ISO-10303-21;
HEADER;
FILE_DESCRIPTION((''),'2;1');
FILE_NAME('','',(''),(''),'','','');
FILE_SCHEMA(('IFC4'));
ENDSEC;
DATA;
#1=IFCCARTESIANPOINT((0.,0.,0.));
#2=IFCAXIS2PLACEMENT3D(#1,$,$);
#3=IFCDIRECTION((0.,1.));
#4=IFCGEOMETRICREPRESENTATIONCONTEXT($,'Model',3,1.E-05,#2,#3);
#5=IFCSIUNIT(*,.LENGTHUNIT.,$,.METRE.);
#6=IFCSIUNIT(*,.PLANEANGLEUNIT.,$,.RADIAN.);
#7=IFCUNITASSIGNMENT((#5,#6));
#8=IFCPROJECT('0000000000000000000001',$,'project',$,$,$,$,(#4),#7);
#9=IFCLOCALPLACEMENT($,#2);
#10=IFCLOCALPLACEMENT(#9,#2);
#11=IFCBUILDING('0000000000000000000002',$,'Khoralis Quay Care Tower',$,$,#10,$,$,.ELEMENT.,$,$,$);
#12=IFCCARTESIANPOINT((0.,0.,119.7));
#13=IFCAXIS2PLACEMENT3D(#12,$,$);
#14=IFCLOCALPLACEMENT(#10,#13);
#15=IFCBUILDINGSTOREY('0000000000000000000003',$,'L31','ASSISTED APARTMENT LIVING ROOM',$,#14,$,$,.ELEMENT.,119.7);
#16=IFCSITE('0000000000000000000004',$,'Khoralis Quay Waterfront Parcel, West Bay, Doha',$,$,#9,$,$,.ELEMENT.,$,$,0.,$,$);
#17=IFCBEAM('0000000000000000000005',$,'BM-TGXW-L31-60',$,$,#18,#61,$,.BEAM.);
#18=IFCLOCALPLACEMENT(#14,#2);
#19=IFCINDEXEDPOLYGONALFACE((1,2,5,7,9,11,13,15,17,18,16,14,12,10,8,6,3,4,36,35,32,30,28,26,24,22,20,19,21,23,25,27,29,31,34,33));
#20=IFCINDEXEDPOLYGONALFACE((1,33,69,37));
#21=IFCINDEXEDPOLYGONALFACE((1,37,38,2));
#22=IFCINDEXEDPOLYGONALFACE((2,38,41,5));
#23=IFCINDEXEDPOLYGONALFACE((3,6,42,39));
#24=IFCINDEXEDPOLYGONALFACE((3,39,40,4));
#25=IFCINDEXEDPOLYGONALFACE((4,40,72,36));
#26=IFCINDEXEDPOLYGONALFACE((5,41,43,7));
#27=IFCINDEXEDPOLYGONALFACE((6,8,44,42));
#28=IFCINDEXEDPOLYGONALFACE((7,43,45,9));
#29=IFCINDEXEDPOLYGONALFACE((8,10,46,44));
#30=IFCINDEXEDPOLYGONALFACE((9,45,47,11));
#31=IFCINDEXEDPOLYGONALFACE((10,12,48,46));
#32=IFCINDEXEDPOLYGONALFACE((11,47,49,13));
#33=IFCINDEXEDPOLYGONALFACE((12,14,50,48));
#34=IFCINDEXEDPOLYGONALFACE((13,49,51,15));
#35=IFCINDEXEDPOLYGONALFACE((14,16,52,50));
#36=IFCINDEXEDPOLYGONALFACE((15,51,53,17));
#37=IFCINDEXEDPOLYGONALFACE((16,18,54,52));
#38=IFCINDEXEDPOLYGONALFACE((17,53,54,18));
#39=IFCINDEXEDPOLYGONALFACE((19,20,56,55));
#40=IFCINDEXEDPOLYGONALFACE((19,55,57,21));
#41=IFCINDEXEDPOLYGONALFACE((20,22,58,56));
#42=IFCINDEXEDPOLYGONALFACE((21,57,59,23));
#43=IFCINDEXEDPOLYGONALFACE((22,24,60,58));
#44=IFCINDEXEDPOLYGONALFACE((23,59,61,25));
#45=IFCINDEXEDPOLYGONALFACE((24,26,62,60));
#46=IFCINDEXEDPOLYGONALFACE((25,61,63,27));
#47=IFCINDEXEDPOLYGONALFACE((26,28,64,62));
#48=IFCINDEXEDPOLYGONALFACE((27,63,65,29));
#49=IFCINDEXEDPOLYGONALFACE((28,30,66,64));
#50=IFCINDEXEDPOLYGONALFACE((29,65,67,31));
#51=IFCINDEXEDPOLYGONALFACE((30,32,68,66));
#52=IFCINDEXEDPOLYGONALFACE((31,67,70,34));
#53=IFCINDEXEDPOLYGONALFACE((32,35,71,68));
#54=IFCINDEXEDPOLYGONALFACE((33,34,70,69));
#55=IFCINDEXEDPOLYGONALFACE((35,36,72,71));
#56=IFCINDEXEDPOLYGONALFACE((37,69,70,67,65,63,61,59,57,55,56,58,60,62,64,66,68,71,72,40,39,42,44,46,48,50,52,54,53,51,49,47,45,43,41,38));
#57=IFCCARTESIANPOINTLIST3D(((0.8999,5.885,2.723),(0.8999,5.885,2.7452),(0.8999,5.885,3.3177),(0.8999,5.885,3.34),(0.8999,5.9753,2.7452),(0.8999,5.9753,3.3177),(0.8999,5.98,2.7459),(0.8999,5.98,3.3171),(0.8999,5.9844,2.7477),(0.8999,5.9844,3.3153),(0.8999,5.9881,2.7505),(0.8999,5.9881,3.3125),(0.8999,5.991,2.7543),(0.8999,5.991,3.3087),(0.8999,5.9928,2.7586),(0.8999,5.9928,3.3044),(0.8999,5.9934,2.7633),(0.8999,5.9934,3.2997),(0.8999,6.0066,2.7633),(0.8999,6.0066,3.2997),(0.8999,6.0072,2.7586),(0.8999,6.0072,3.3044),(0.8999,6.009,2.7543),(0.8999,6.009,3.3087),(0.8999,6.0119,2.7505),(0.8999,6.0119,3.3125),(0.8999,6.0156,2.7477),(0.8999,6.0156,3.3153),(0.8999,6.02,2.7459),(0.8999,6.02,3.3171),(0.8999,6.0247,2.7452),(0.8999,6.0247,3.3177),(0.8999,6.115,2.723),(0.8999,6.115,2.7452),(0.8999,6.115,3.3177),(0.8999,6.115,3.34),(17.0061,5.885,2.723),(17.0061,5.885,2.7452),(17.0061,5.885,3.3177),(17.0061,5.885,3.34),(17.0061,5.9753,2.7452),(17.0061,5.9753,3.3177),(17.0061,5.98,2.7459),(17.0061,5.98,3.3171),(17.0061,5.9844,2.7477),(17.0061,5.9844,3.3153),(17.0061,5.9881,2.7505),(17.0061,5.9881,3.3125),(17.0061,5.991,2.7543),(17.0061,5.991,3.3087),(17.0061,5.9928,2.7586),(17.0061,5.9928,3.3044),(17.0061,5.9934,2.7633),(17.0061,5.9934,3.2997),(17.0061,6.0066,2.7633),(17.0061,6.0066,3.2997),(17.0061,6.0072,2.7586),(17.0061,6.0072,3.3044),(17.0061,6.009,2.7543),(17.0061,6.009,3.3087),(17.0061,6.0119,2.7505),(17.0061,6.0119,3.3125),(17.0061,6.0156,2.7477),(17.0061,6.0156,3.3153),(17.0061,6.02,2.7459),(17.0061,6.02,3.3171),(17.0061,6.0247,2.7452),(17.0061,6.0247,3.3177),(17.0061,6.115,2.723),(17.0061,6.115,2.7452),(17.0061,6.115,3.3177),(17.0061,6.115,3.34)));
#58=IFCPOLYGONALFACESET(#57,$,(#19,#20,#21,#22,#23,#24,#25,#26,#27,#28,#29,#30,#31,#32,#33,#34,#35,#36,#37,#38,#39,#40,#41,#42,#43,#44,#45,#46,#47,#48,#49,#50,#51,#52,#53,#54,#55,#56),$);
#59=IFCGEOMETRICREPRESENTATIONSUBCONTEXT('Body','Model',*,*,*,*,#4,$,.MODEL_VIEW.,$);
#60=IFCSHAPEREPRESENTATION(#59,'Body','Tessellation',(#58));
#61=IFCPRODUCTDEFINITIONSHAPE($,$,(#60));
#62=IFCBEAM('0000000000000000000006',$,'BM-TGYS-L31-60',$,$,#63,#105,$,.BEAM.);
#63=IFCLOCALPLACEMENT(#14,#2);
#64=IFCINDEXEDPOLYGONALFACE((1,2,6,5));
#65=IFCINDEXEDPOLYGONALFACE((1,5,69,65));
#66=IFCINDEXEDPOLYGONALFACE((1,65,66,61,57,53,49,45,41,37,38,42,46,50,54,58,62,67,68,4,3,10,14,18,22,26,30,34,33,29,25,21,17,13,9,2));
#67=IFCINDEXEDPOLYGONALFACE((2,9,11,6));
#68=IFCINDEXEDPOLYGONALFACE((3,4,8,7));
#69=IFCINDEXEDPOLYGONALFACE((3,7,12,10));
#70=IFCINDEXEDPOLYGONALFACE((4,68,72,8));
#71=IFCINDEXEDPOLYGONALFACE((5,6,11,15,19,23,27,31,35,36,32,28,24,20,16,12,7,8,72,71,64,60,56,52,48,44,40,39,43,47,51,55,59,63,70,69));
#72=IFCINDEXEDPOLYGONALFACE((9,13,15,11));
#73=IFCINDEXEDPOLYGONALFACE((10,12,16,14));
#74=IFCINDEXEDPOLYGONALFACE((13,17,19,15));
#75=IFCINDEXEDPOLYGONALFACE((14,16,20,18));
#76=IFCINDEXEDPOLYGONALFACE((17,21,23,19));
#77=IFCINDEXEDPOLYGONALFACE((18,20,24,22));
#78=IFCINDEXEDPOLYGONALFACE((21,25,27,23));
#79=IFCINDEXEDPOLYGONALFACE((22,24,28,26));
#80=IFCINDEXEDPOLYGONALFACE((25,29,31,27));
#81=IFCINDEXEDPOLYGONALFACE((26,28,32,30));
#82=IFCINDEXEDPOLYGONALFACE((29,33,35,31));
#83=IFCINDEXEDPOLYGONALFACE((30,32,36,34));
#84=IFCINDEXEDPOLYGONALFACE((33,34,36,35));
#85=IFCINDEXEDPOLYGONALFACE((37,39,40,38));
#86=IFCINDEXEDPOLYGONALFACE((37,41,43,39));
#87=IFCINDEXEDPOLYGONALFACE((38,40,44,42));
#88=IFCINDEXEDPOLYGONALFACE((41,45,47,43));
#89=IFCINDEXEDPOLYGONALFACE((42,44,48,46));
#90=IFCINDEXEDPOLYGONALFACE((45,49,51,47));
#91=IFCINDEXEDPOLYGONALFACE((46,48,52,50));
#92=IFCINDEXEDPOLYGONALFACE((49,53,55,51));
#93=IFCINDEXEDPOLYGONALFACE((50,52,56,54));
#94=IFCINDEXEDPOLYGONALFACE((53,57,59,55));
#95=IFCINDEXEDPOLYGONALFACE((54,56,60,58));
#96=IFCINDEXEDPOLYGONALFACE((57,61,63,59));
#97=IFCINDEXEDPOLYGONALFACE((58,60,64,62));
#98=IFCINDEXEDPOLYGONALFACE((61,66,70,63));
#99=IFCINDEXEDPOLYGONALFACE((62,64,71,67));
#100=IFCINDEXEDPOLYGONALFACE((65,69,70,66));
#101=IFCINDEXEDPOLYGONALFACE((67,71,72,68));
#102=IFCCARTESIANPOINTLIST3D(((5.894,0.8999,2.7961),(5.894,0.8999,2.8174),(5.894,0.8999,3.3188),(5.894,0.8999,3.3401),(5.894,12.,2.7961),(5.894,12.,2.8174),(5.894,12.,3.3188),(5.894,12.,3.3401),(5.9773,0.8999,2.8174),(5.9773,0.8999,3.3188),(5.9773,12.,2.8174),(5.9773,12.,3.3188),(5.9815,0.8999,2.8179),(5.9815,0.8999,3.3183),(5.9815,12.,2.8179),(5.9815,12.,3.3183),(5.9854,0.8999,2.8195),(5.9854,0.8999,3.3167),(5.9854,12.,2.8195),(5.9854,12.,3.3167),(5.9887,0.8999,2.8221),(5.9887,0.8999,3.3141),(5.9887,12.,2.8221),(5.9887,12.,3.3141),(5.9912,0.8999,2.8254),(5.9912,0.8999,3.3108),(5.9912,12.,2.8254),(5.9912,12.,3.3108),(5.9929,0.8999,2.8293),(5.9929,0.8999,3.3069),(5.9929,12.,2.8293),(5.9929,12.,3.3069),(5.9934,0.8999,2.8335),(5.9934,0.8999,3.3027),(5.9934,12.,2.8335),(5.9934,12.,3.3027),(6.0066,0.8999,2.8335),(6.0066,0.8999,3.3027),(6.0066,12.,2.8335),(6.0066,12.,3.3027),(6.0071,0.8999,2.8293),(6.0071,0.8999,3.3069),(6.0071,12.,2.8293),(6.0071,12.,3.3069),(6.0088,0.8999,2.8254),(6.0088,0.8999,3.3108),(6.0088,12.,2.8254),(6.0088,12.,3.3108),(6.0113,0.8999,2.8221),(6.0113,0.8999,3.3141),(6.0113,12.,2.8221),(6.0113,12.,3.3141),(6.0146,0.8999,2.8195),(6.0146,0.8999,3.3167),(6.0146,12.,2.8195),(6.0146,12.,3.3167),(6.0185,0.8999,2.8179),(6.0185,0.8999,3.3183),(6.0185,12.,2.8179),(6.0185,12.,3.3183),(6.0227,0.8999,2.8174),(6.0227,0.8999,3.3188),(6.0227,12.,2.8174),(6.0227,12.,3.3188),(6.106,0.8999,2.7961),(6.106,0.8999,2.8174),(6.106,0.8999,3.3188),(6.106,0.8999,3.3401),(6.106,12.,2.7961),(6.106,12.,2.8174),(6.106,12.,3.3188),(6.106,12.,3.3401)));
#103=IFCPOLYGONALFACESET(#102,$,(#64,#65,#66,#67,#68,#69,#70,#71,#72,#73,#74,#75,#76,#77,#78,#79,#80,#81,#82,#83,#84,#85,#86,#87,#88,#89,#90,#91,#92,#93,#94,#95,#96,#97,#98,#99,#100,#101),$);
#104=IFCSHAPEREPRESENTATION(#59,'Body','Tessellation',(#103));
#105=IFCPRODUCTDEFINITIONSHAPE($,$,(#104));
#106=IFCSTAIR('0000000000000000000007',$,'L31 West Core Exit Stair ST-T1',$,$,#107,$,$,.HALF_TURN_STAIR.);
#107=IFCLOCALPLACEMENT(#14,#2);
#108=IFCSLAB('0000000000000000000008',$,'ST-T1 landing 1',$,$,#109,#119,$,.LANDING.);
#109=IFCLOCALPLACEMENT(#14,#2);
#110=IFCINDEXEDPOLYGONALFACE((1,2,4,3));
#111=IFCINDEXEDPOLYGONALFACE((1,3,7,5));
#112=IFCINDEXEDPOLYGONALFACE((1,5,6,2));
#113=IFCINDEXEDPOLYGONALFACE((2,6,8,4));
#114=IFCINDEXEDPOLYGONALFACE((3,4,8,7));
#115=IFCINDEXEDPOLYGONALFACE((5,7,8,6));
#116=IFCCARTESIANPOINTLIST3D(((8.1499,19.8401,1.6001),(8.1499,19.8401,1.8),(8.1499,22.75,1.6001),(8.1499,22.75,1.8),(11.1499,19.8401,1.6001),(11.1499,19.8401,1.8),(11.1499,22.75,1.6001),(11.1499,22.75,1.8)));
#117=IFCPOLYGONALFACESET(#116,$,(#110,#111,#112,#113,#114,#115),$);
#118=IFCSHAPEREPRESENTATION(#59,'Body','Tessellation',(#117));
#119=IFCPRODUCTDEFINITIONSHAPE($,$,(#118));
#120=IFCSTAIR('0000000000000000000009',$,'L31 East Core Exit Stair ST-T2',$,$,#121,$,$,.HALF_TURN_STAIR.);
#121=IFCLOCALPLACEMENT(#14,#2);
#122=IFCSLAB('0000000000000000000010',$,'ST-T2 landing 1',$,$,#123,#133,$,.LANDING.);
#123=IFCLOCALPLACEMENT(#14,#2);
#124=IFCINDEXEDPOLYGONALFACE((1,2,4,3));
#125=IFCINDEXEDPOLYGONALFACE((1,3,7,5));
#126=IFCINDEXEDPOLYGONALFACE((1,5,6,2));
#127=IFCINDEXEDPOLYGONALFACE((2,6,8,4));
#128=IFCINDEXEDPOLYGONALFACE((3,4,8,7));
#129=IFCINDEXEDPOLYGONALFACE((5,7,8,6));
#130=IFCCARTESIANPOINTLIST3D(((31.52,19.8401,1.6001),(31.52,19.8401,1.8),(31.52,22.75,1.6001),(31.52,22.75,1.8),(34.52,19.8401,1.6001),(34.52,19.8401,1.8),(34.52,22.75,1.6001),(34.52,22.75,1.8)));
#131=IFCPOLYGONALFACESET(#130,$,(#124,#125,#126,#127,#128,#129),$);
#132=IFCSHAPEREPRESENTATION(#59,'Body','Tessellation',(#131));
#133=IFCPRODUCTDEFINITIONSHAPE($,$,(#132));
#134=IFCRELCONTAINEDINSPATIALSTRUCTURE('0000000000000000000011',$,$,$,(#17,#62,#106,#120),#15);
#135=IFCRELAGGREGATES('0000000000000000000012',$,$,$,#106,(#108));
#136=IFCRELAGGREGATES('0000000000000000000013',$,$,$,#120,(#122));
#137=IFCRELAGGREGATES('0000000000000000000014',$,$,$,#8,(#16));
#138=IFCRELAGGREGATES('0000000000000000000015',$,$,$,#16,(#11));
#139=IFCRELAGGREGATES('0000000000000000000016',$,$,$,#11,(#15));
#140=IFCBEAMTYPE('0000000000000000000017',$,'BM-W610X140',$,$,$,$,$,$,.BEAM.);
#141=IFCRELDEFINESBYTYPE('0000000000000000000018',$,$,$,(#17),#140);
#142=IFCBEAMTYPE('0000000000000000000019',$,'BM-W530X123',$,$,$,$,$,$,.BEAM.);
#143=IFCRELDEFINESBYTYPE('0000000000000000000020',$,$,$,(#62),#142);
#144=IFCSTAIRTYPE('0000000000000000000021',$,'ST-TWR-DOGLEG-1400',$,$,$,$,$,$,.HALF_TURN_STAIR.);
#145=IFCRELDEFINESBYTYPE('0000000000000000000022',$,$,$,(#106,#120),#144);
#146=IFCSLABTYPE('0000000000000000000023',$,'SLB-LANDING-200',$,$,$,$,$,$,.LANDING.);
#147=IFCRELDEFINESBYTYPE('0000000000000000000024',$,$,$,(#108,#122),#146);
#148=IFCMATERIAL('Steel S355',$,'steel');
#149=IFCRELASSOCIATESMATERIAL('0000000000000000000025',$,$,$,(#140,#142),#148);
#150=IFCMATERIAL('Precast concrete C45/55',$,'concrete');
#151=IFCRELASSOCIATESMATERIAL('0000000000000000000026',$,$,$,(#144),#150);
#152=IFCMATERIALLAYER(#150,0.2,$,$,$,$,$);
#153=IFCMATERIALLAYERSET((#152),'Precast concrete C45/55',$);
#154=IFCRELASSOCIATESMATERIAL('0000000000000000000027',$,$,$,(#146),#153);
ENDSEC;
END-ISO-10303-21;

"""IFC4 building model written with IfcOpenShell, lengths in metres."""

from ifc_helpers import new_model, si_unit, direction, frame, origin, origin_2d, place, context, subcontext, project, spatial, polyline, i_section, outline, extrude, source, transform, mapped, material, layer, layer_set, material_profile, profile_set, type_object, element, aggregate, save


model = new_model("IFC4")

# Units and contexts
model_context = context("Model", 3, precision=1e-05, world=origin(), true_north=direction((0.0, 1.0)))
body_context = subcontext(model_context, "Body", "Model", "MODEL_VIEW")
ifc_project = project(units=[si_unit("LENGTHUNIT", "METRE"), si_unit("PLANEANGLEUNIT", "RADIAN")], contexts=[model_context])

# Site, building, storey
site_placement = place(None, origin())
site = spatial("IfcSite", under=ifc_project, at=site_placement, Name="Khoralis Quay Waterfront Parcel, West Bay, Doha", CompositionType="ELEMENT", RefElevation=0.0)
building_placement = place(site_placement, origin())
building = spatial("IfcBuilding", under=site, at=building_placement, Name="Khoralis Quay Care Tower", CompositionType="ELEMENT")
storey_placement = place(building_placement, frame((0.0, 0.0, 119.7)))
storey = spatial("IfcBuildingStorey", under=building, at=storey_placement, Name="L31", Description="ASSISTED APARTMENT LIVING ROOM", CompositionType="ELEMENT", Elevation=119.7)

# Beams
ifc_material_1 = material(Name="Steel S355", Category="steel")
ifc_material_profile_1 = material_profile(ifc_material_1, i_section(OverallWidth=0.23, OverallDepth=0.6169, WebThickness=0.0132, FlangeThickness=0.0222, FilletRadius=0.0181, at=origin_2d()), Name="Steel S355")
ifc_profile_set_1 = profile_set([ifc_material_profile_1], Name="Steel S355")
beam_type_1 = type_object("IfcBeamType", Name="BM-W610X140", PredefinedType="BEAM", material=ifc_profile_set_1)
shared_shape_1 = source(origin(), body_context, "Body", "SweptSolid", [
    extrude(i_section(OverallWidth=0.23, OverallDepth=0.6169, WebThickness=0.0132, FlangeThickness=0.0222, FilletRadius=0.0181, at=origin_2d()), origin(), (0.0, 0.0, 1.0), 16.1062),
])
beam_1_placement = place(storey_placement, frame((0.8999, 6.0, 3.0315), z_axis=(1.0, 0.0, 0.0), x_axis=(0.0, 1.0, 0.0)))
element("IfcBeam", 1, at=beam_1_placement, inside=storey, type_object=beam_type_1, Name="BM-TGXW-L31-60", PredefinedType="BEAM", context=body_context, shape_type="MappedRepresentation", body=[
    mapped(shared_shape_1, transform((0.0, 0.0, 0.0), scale=1.0)),
])
ifc_material_profile_2 = material_profile(ifc_material_1, i_section(OverallWidth=0.2119, OverallDepth=0.5439, WebThickness=0.0132, FlangeThickness=0.0212, FilletRadius=0.0161, at=origin_2d()), Name="Steel S355")
ifc_profile_set_2 = profile_set([ifc_material_profile_2], Name="Steel S355")
beam_type_2 = type_object("IfcBeamType", Name="BM-W530X123", PredefinedType="BEAM", material=ifc_profile_set_2)
shared_shape_2 = source(origin(), body_context, "Body", "SweptSolid", [
    extrude(i_section(OverallWidth=0.2119, OverallDepth=0.5439, WebThickness=0.0132, FlangeThickness=0.0212, FilletRadius=0.0161, at=origin_2d()), origin(), (0.0, 0.0, 1.0), 11.1001),
])
beam_2_placement = place(storey_placement, frame((6.0, 0.8999, 3.0681), z_axis=(0.0, 1.0, 0.0), x_axis=(-1.0, 0.0, 0.0)))
element("IfcBeam", 2, at=beam_2_placement, inside=storey, type_object=beam_type_2, Name="BM-TGYS-L31-60", PredefinedType="BEAM", context=body_context, shape_type="MappedRepresentation", body=[
    mapped(shared_shape_2, transform((0.0, 0.0, 0.0), scale=1.0)),
])

# Stairs, slabs
ifc_material_2 = material(Name="Precast concrete C45/55", Category="concrete")
stair_type = type_object("IfcStairType", Name="ST-TWR-DOGLEG-1400", PredefinedType="HALF_TURN_STAIR", material=ifc_material_2)
stair_1_placement = place(storey_placement, origin())
stair_1 = element("IfcStair", 3, at=stair_1_placement, inside=storey, type_object=stair_type, Name="L31 West Core Exit Stair ST-T1", PredefinedType="HALF_TURN_STAIR")
ifc_layer_1 = layer(ifc_material_2, 0.2)
ifc_layer_set_1 = layer_set([ifc_layer_1], Name="Precast concrete C45/55")
slab_type_1 = type_object("IfcSlabType", Name="SLB-LANDING-200", PredefinedType="LANDING", material=ifc_layer_set_1)
slab_1_placement = place(storey_placement, frame((0.0, 0.0, 1.6001)))
slab_1 = element("IfcSlab", 4, at=slab_1_placement, type_object=slab_type_1, Name="ST-T1 landing 1", PredefinedType="LANDING", context=body_context, shape_type="SweptSolid", body=[
    extrude(outline(polyline([(11.1499, 19.8401), (11.1499, 22.75), (8.1499, 22.75), (8.1499, 19.8401), (11.1499, 19.8401)])), origin(), (0.0, 0.0, 1.0), 0.2),
])
aggregate(stair_1, [slab_1])
stair_2_placement = place(storey_placement, origin())
stair_2 = element("IfcStair", 5, at=stair_2_placement, inside=storey, type_object=stair_type, Name="L31 East Core Exit Stair ST-T2", PredefinedType="HALF_TURN_STAIR")
slab_2_placement = place(storey_placement, frame((0.0, 0.0, 1.6001)))
slab_2 = element("IfcSlab", 6, at=slab_2_placement, type_object=slab_type_1, Name="ST-T2 landing 1", PredefinedType="LANDING", context=body_context, shape_type="SweptSolid", body=[
    extrude(outline(polyline([(34.52, 19.8401), (34.52, 22.75), (31.52, 22.75), (31.52, 19.8401), (34.52, 19.8401)])), origin(), (0.0, 0.0, 1.0), 0.2),
])
aggregate(stair_2, [slab_2])

save(model, "model.ifc")
